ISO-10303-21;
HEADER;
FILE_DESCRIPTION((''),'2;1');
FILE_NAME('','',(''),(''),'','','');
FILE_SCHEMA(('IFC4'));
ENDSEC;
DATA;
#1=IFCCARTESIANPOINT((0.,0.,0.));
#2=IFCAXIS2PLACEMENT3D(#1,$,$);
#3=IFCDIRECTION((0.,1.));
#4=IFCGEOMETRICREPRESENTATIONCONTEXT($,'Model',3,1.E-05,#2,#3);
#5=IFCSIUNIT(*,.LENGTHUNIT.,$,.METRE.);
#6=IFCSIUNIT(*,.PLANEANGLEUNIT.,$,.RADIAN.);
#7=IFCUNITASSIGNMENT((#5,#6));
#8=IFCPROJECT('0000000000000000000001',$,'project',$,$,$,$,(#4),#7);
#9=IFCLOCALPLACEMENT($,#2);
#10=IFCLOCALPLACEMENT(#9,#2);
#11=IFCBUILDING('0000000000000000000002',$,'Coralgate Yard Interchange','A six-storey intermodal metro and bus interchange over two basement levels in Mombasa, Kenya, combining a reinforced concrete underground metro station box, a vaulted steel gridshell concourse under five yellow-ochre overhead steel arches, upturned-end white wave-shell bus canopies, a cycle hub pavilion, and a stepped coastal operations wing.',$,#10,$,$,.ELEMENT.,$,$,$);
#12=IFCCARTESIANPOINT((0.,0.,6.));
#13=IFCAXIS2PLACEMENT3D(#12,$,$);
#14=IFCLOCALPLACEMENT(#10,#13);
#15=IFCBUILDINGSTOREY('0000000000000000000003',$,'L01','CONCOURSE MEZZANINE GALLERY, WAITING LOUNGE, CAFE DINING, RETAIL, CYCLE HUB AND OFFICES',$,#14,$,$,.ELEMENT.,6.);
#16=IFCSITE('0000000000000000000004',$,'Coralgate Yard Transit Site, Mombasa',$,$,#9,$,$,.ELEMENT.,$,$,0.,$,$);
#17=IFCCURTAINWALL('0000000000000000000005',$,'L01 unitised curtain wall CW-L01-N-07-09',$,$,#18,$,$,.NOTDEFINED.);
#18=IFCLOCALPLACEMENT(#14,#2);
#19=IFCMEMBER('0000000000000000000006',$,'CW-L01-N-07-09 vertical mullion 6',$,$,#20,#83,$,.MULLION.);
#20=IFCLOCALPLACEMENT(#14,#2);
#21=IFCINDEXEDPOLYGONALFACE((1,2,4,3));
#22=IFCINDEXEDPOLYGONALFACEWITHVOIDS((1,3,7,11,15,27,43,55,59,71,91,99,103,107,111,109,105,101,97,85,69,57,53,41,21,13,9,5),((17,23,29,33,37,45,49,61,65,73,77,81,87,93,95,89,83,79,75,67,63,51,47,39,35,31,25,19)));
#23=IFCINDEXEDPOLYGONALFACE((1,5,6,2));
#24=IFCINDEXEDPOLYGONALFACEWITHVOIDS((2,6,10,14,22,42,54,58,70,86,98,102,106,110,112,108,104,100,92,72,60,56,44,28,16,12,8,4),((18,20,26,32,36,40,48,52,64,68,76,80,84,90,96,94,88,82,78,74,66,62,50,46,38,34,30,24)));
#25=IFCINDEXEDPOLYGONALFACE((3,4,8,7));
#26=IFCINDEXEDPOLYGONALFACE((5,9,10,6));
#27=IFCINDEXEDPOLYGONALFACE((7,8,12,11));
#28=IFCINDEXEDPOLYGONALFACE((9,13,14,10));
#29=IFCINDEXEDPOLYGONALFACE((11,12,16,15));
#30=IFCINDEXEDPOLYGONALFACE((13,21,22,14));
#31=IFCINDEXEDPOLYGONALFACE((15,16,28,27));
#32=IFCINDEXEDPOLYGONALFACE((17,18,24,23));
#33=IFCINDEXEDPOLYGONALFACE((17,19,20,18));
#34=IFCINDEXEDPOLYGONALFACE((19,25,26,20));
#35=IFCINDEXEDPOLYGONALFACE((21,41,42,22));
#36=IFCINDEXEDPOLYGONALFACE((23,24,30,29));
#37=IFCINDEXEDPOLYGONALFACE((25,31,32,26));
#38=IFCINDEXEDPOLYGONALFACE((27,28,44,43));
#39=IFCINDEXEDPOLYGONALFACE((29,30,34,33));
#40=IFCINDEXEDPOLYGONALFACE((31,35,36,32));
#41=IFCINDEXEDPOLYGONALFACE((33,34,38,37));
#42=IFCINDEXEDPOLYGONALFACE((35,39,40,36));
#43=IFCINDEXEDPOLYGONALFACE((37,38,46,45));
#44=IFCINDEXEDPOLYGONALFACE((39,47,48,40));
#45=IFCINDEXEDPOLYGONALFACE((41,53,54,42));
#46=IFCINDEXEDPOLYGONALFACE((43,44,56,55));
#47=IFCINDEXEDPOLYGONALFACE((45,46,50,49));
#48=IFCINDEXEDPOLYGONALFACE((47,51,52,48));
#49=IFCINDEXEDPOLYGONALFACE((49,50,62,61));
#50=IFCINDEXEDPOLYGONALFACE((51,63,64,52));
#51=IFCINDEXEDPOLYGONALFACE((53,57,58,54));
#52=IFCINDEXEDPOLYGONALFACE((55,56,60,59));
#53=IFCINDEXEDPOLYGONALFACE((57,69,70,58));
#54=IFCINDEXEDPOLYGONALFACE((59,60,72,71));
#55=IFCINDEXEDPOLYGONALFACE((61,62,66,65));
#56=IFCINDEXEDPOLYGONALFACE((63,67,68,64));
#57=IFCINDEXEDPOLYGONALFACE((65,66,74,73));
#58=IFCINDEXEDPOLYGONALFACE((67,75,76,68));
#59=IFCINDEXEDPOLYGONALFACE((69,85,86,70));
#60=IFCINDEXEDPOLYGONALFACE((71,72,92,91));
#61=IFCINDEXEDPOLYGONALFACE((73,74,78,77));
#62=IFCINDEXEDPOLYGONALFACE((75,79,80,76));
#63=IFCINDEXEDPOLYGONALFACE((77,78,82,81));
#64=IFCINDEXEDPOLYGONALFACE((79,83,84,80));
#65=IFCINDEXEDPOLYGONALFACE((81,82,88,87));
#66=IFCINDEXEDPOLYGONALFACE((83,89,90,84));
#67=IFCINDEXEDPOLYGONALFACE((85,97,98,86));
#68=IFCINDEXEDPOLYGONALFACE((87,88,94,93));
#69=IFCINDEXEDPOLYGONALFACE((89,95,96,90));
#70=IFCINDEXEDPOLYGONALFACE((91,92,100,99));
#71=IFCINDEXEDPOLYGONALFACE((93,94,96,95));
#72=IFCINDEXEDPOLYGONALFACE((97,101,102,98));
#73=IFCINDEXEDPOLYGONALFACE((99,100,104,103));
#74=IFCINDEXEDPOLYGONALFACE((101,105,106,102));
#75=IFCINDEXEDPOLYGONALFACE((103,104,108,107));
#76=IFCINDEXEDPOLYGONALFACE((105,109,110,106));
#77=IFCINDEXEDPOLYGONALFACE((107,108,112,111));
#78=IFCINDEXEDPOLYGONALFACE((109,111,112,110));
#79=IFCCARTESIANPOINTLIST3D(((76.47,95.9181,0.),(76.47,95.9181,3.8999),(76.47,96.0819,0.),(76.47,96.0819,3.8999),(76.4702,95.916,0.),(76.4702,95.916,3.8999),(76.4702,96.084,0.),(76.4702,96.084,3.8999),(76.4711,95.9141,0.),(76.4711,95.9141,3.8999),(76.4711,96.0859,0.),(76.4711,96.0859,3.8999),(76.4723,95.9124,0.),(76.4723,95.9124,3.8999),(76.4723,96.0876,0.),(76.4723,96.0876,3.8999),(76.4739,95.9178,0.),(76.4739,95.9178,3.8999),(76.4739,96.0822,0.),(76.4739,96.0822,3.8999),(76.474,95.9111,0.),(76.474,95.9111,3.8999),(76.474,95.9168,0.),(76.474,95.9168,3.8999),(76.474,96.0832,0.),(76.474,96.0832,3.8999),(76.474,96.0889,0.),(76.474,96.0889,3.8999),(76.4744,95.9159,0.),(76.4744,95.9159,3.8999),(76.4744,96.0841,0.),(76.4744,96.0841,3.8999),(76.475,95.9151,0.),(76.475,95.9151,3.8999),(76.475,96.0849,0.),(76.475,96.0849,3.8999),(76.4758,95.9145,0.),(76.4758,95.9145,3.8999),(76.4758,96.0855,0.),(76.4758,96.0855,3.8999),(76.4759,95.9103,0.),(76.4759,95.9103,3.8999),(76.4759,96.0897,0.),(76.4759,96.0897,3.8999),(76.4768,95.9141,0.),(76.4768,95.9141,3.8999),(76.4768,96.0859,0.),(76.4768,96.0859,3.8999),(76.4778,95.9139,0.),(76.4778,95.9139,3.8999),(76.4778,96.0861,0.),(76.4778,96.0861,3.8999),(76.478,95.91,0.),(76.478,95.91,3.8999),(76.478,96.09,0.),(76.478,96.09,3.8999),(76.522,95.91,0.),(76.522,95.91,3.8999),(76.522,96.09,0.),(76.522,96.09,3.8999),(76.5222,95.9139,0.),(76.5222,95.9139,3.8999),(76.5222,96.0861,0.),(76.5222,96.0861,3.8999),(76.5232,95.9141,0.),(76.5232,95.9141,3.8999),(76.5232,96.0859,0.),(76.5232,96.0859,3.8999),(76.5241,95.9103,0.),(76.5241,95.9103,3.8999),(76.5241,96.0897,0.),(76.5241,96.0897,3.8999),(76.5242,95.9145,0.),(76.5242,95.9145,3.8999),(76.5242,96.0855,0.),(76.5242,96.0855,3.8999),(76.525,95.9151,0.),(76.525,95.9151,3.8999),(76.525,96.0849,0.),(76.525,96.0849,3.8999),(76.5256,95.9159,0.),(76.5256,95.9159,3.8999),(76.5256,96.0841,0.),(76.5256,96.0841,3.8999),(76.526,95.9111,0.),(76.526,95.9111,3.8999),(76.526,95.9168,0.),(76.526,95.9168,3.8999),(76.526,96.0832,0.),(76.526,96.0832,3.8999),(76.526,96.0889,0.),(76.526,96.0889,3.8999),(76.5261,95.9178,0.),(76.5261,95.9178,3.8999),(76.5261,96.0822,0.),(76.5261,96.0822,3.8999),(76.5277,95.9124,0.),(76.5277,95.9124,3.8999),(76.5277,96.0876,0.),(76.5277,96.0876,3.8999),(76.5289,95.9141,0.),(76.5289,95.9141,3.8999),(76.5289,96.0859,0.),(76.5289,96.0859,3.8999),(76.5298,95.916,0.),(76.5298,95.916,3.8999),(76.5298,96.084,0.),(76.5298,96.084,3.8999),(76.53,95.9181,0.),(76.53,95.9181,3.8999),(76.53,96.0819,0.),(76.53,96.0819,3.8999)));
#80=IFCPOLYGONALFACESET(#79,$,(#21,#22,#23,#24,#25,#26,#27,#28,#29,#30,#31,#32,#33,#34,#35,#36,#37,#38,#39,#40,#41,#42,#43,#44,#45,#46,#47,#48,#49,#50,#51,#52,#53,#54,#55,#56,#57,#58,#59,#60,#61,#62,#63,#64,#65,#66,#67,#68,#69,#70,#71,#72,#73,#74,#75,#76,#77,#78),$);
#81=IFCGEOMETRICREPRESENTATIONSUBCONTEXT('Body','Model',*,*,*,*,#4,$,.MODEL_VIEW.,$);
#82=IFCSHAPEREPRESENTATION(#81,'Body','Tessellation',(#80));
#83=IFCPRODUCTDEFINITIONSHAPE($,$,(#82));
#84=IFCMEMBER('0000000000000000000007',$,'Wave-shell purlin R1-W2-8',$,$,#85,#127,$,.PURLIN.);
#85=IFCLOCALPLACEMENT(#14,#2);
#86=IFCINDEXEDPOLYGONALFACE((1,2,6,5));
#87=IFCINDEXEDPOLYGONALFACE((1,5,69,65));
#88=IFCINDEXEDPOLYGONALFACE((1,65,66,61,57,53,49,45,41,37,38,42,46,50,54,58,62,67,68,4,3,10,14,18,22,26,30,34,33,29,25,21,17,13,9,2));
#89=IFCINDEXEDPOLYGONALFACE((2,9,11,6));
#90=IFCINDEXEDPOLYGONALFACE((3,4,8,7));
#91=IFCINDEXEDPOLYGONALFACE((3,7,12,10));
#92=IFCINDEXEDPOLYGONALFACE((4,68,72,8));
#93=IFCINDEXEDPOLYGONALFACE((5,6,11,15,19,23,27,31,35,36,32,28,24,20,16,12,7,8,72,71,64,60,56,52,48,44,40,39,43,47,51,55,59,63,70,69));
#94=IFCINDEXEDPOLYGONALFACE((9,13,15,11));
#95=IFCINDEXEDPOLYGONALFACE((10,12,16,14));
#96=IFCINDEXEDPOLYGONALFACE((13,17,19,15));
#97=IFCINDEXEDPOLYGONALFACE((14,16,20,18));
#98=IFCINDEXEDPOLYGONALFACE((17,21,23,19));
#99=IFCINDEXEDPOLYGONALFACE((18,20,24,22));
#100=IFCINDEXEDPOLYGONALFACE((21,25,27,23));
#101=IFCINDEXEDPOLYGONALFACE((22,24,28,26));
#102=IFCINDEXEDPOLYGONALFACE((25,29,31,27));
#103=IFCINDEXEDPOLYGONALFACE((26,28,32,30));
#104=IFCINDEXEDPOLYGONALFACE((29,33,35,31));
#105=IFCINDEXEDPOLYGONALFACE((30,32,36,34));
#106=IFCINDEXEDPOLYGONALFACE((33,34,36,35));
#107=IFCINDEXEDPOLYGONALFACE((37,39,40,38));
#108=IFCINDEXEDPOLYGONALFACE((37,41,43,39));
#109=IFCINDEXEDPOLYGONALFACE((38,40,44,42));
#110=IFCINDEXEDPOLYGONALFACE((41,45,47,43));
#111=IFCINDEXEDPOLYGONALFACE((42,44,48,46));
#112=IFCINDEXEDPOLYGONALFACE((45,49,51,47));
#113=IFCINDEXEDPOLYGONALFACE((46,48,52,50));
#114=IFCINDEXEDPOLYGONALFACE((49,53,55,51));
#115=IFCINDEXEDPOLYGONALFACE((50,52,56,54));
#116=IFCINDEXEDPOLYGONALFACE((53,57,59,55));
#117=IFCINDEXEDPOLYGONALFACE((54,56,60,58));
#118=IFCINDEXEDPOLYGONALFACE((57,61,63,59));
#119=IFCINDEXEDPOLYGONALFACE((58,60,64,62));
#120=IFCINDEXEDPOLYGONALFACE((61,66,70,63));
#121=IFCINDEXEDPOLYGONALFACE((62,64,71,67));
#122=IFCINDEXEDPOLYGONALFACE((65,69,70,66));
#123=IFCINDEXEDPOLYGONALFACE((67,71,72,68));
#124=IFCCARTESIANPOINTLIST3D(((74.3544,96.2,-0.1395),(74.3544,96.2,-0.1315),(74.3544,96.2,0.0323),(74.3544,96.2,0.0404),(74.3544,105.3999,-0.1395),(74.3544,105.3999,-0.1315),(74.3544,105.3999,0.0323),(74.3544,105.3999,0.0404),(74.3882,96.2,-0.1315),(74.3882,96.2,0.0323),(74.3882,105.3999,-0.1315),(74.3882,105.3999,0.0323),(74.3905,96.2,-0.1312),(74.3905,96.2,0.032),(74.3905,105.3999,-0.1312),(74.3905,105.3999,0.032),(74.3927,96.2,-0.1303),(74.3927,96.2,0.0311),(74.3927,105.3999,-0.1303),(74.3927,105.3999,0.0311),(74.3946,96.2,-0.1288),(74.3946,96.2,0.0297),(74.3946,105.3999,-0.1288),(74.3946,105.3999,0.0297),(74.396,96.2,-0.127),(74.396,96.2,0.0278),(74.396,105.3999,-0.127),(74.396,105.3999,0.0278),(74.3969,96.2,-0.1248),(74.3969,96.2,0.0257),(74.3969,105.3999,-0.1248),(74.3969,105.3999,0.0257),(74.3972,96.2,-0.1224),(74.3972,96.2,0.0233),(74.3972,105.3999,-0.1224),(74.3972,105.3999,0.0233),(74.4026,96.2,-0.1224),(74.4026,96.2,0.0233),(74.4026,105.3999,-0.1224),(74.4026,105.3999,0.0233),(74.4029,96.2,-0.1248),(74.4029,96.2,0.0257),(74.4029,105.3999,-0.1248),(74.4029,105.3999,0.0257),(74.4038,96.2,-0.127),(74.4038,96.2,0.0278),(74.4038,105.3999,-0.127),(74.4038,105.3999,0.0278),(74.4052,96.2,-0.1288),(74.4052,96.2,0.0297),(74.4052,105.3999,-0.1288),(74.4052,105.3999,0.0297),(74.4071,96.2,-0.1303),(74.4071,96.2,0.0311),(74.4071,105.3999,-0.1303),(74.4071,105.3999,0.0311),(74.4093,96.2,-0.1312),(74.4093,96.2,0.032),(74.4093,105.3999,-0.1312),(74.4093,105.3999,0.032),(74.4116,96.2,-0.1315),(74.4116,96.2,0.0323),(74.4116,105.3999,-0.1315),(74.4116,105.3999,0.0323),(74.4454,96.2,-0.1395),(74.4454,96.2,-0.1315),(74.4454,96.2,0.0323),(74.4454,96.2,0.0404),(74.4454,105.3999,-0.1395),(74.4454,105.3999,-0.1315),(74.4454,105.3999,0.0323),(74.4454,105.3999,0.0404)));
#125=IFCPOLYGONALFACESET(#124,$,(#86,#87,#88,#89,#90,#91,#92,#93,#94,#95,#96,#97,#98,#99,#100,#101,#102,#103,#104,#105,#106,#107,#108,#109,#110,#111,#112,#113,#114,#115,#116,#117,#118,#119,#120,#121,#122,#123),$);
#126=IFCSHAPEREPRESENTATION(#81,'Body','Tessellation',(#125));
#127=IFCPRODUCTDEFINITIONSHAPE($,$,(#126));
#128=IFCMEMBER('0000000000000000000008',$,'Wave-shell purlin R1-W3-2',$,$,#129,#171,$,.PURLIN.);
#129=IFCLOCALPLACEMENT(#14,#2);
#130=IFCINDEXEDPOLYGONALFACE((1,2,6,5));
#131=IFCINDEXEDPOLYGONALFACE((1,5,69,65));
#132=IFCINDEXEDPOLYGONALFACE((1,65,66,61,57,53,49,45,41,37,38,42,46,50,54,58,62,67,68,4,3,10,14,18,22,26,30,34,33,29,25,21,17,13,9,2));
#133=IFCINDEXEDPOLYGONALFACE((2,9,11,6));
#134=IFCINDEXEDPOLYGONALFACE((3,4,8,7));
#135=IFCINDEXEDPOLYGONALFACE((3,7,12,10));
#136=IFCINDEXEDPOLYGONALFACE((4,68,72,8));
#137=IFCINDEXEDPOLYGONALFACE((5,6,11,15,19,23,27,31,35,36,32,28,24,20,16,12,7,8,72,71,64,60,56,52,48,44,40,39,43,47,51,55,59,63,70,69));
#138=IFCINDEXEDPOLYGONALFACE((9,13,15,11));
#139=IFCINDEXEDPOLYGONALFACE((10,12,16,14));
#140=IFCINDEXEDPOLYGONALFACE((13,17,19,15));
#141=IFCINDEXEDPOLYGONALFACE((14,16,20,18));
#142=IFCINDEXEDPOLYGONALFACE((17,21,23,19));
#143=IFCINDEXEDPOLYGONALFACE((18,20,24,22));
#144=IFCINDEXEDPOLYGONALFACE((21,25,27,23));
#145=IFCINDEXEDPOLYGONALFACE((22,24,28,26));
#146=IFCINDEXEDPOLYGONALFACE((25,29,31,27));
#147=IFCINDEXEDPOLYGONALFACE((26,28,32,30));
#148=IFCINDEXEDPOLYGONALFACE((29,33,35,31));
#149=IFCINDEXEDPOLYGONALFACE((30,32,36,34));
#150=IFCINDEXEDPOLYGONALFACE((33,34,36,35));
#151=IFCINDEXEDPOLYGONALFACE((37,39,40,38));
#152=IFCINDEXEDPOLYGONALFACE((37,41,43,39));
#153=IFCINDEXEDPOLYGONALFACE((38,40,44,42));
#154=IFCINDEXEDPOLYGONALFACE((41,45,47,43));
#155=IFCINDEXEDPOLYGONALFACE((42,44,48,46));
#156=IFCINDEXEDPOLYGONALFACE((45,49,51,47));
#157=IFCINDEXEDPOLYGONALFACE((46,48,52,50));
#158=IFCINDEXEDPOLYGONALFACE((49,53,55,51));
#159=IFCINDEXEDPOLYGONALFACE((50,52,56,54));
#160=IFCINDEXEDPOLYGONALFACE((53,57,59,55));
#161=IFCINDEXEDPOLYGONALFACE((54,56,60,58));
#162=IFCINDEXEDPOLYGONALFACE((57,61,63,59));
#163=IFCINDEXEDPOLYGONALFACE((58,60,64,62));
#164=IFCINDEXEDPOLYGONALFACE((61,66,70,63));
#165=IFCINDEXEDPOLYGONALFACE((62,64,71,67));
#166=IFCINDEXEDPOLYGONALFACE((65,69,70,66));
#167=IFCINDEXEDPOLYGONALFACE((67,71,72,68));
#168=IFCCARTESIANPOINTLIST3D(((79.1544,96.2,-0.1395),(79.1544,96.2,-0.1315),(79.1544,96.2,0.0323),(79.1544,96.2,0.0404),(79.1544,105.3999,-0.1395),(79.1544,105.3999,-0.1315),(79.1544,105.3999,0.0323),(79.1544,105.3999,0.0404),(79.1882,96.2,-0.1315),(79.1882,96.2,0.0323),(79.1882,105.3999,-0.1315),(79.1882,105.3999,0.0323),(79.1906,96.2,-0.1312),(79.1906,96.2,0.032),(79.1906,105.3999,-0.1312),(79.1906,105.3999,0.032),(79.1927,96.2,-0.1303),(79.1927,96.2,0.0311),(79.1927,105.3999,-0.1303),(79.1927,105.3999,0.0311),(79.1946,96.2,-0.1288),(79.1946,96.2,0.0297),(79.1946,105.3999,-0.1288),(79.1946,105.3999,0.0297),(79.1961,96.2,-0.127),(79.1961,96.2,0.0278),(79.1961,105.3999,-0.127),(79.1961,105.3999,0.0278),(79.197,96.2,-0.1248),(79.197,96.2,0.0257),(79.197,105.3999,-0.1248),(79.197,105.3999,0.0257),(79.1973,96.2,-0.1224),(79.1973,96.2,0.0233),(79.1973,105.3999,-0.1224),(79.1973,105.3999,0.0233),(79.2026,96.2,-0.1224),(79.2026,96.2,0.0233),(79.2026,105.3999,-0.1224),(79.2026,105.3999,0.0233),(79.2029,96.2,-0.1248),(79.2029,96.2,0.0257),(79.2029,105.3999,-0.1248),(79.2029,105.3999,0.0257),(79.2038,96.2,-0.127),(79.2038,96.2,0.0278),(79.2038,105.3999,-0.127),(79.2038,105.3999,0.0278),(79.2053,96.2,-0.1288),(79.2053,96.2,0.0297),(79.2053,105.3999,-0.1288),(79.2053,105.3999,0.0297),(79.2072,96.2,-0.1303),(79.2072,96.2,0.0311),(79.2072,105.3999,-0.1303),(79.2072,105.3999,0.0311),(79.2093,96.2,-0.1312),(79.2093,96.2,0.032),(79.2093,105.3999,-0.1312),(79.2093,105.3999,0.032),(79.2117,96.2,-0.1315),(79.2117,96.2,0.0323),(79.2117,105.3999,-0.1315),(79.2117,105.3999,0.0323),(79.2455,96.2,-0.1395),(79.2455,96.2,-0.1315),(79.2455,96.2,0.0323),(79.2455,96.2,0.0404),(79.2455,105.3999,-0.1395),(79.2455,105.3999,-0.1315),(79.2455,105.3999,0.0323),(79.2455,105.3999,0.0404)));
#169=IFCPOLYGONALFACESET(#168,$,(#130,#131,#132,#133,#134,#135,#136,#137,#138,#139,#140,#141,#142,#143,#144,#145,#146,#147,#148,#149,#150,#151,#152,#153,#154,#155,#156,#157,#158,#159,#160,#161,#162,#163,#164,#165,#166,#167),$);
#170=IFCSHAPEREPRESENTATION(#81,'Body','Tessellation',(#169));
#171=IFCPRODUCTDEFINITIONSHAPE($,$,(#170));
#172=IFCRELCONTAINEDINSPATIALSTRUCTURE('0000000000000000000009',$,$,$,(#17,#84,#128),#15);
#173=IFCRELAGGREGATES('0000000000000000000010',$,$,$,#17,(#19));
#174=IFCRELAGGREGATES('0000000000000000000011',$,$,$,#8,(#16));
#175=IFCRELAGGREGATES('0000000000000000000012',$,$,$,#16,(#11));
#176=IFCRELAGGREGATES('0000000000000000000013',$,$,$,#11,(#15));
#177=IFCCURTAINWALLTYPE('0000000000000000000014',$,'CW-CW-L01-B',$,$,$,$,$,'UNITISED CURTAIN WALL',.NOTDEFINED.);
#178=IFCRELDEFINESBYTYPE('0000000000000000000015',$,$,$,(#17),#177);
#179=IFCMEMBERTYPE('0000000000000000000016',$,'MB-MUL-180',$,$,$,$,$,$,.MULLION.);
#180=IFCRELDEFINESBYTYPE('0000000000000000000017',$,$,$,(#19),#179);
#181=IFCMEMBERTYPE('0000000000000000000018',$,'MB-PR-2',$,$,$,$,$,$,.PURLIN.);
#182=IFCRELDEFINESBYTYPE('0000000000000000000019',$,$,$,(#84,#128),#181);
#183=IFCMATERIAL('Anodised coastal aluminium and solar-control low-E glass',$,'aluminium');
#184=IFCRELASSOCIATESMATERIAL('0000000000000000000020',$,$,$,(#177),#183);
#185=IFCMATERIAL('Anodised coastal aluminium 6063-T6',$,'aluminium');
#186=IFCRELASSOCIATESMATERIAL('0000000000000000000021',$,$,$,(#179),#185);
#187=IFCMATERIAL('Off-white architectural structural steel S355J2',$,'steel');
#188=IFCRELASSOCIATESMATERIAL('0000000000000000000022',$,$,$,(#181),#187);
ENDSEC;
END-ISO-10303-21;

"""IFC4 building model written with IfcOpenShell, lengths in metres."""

from ifc_helpers import new_model, si_unit, direction, frame, origin, origin_2d, place, context, subcontext, project, spatial, hollow_rectangle, i_section, extrude, material, material_profile, profile_set, type_object, element, aggregate, save


model = new_model("IFC4")

# Units and contexts
model_context = context("Model", 3, precision=1e-05, world=origin(), true_north=direction((0.0, 1.0)))
body_context = subcontext(model_context, "Body", "Model", "MODEL_VIEW")
ifc_project = project(units=[si_unit("LENGTHUNIT", "METRE"), si_unit("PLANEANGLEUNIT", "RADIAN")], contexts=[model_context])

# Site, building, storey
site_placement = place(None, origin())
site = spatial("IfcSite", under=ifc_project, at=site_placement, Name="Coralgate Yard Transit Site, Mombasa", CompositionType="ELEMENT", RefElevation=0.0)
building_placement = place(site_placement, origin())
building = spatial("IfcBuilding", under=site, at=building_placement, Name="Coralgate Yard Interchange", Description="A six-storey intermodal metro and bus interchange over two basement levels in Mombasa, Kenya, combining a reinforced concrete underground metro station box, a vaulted steel gridshell concourse under five yellow-ochre overhead steel arches, upturned-end white wave-shell bus canopies, a cycle hub pavilion, and a stepped coastal operations wing.", CompositionType="ELEMENT")
storey_placement = place(building_placement, frame((0.0, 0.0, 6.0)))
storey = spatial("IfcBuildingStorey", under=building, at=storey_placement, Name="L01", Description="CONCOURSE MEZZANINE GALLERY, WAITING LOUNGE, CAFE DINING, RETAIL, CYCLE HUB AND OFFICES", CompositionType="ELEMENT", Elevation=6.0)

# Shared definitions
ifc_material_1 = material(Name="Off-white architectural structural steel S355J2", Category="steel")

# Curtain wall, member
ifc_material_2 = material(Name="Anodised coastal aluminium and solar-control low-E glass", Category="aluminium")
curtain_wall_type = type_object("IfcCurtainWallType", Name="CW-CW-L01-B", ElementType="UNITISED CURTAIN WALL", PredefinedType="NOTDEFINED", material=ifc_material_2)
curtain_wall_placement = place(storey_placement, origin())
curtain_wall = element("IfcCurtainWall", 1, at=curtain_wall_placement, inside=storey, type_object=curtain_wall_type, Name="L01 unitised curtain wall CW-L01-N-07-09", PredefinedType="NOTDEFINED")
ifc_material_3 = material(Name="Anodised coastal aluminium 6063-T6", Category="aluminium")
ifc_material_profile_1 = material_profile(ifc_material_3, hollow_rectangle(XDim=0.0601, YDim=0.1799, WallThickness=0.0039, InnerFilletRadius=0.0039, OuterFilletRadius=0.0081, at=origin_2d()), Name="ALU 60x180x4")
ifc_profile_set_1 = profile_set([ifc_material_profile_1], Name="Anodised coastal aluminium 6063-T6")
member_type_1 = type_object("IfcMemberType", Name="MB-MUL-180", PredefinedType="MULLION", material=ifc_profile_set_1)
member_1_placement = place(storey_placement, frame((76.5, 96.0, 0.0), z_axis=(0.0, 0.0, 1.0), x_axis=(1.0, 0.0, 0.0)))
member_1 = element("IfcMember", 2, at=member_1_placement, type_object=member_type_1, Name="CW-L01-N-07-09 vertical mullion 6", PredefinedType="MULLION", context=body_context, shape_type="SweptSolid", body=[
    extrude(hollow_rectangle(XDim=0.0601, YDim=0.1799, WallThickness=0.0039, InnerFilletRadius=0.0039, OuterFilletRadius=0.0081, at=origin_2d()), origin(), (0.0, 0.0, 1.0), 3.8999),
])

# Members
ifc_material_profile_2 = material_profile(ifc_material_1, i_section(OverallWidth=0.0911, OverallDepth=0.1799, WebThickness=0.0054, FlangeThickness=0.0081, FilletRadius=0.009, at=origin_2d()), Name="IPE 180")
ifc_profile_set_2 = profile_set([ifc_material_profile_2], Name="Off-white architectural structural steel S355J2")
member_type_2 = type_object("IfcMemberType", Name="MB-PR-2", PredefinedType="PURLIN", material=ifc_profile_set_2)
for number, where, z_axis, x_axis, name in (
    (3, (74.3999, 96.2, -0.0496), (0.0, 1.0, 0.0), (-1.0, 0.0, 0.0), "Wave-shell purlin R1-W2-8"),
    (4, (79.2, 96.2, -0.0496), (0.0, 1.0, 0.0), (-1.0, 0.0, 0.0), "Wave-shell purlin R1-W3-2"),
):
    element("IfcMember", number, at=place(storey_placement, frame(where, z_axis=z_axis, x_axis=x_axis)), inside=storey, type_object=member_type_2, Name=name, PredefinedType="PURLIN", context=body_context, shape_type="SweptSolid", body=[
        extrude(i_section(OverallWidth=0.0911, OverallDepth=0.1799, WebThickness=0.0054, FlangeThickness=0.0081, FilletRadius=0.009, at=origin_2d()), origin(), (0.0, 0.0, 1.0), 9.2),
    ])

aggregate(curtain_wall, [member_1])

save(model, "model.ifc")
